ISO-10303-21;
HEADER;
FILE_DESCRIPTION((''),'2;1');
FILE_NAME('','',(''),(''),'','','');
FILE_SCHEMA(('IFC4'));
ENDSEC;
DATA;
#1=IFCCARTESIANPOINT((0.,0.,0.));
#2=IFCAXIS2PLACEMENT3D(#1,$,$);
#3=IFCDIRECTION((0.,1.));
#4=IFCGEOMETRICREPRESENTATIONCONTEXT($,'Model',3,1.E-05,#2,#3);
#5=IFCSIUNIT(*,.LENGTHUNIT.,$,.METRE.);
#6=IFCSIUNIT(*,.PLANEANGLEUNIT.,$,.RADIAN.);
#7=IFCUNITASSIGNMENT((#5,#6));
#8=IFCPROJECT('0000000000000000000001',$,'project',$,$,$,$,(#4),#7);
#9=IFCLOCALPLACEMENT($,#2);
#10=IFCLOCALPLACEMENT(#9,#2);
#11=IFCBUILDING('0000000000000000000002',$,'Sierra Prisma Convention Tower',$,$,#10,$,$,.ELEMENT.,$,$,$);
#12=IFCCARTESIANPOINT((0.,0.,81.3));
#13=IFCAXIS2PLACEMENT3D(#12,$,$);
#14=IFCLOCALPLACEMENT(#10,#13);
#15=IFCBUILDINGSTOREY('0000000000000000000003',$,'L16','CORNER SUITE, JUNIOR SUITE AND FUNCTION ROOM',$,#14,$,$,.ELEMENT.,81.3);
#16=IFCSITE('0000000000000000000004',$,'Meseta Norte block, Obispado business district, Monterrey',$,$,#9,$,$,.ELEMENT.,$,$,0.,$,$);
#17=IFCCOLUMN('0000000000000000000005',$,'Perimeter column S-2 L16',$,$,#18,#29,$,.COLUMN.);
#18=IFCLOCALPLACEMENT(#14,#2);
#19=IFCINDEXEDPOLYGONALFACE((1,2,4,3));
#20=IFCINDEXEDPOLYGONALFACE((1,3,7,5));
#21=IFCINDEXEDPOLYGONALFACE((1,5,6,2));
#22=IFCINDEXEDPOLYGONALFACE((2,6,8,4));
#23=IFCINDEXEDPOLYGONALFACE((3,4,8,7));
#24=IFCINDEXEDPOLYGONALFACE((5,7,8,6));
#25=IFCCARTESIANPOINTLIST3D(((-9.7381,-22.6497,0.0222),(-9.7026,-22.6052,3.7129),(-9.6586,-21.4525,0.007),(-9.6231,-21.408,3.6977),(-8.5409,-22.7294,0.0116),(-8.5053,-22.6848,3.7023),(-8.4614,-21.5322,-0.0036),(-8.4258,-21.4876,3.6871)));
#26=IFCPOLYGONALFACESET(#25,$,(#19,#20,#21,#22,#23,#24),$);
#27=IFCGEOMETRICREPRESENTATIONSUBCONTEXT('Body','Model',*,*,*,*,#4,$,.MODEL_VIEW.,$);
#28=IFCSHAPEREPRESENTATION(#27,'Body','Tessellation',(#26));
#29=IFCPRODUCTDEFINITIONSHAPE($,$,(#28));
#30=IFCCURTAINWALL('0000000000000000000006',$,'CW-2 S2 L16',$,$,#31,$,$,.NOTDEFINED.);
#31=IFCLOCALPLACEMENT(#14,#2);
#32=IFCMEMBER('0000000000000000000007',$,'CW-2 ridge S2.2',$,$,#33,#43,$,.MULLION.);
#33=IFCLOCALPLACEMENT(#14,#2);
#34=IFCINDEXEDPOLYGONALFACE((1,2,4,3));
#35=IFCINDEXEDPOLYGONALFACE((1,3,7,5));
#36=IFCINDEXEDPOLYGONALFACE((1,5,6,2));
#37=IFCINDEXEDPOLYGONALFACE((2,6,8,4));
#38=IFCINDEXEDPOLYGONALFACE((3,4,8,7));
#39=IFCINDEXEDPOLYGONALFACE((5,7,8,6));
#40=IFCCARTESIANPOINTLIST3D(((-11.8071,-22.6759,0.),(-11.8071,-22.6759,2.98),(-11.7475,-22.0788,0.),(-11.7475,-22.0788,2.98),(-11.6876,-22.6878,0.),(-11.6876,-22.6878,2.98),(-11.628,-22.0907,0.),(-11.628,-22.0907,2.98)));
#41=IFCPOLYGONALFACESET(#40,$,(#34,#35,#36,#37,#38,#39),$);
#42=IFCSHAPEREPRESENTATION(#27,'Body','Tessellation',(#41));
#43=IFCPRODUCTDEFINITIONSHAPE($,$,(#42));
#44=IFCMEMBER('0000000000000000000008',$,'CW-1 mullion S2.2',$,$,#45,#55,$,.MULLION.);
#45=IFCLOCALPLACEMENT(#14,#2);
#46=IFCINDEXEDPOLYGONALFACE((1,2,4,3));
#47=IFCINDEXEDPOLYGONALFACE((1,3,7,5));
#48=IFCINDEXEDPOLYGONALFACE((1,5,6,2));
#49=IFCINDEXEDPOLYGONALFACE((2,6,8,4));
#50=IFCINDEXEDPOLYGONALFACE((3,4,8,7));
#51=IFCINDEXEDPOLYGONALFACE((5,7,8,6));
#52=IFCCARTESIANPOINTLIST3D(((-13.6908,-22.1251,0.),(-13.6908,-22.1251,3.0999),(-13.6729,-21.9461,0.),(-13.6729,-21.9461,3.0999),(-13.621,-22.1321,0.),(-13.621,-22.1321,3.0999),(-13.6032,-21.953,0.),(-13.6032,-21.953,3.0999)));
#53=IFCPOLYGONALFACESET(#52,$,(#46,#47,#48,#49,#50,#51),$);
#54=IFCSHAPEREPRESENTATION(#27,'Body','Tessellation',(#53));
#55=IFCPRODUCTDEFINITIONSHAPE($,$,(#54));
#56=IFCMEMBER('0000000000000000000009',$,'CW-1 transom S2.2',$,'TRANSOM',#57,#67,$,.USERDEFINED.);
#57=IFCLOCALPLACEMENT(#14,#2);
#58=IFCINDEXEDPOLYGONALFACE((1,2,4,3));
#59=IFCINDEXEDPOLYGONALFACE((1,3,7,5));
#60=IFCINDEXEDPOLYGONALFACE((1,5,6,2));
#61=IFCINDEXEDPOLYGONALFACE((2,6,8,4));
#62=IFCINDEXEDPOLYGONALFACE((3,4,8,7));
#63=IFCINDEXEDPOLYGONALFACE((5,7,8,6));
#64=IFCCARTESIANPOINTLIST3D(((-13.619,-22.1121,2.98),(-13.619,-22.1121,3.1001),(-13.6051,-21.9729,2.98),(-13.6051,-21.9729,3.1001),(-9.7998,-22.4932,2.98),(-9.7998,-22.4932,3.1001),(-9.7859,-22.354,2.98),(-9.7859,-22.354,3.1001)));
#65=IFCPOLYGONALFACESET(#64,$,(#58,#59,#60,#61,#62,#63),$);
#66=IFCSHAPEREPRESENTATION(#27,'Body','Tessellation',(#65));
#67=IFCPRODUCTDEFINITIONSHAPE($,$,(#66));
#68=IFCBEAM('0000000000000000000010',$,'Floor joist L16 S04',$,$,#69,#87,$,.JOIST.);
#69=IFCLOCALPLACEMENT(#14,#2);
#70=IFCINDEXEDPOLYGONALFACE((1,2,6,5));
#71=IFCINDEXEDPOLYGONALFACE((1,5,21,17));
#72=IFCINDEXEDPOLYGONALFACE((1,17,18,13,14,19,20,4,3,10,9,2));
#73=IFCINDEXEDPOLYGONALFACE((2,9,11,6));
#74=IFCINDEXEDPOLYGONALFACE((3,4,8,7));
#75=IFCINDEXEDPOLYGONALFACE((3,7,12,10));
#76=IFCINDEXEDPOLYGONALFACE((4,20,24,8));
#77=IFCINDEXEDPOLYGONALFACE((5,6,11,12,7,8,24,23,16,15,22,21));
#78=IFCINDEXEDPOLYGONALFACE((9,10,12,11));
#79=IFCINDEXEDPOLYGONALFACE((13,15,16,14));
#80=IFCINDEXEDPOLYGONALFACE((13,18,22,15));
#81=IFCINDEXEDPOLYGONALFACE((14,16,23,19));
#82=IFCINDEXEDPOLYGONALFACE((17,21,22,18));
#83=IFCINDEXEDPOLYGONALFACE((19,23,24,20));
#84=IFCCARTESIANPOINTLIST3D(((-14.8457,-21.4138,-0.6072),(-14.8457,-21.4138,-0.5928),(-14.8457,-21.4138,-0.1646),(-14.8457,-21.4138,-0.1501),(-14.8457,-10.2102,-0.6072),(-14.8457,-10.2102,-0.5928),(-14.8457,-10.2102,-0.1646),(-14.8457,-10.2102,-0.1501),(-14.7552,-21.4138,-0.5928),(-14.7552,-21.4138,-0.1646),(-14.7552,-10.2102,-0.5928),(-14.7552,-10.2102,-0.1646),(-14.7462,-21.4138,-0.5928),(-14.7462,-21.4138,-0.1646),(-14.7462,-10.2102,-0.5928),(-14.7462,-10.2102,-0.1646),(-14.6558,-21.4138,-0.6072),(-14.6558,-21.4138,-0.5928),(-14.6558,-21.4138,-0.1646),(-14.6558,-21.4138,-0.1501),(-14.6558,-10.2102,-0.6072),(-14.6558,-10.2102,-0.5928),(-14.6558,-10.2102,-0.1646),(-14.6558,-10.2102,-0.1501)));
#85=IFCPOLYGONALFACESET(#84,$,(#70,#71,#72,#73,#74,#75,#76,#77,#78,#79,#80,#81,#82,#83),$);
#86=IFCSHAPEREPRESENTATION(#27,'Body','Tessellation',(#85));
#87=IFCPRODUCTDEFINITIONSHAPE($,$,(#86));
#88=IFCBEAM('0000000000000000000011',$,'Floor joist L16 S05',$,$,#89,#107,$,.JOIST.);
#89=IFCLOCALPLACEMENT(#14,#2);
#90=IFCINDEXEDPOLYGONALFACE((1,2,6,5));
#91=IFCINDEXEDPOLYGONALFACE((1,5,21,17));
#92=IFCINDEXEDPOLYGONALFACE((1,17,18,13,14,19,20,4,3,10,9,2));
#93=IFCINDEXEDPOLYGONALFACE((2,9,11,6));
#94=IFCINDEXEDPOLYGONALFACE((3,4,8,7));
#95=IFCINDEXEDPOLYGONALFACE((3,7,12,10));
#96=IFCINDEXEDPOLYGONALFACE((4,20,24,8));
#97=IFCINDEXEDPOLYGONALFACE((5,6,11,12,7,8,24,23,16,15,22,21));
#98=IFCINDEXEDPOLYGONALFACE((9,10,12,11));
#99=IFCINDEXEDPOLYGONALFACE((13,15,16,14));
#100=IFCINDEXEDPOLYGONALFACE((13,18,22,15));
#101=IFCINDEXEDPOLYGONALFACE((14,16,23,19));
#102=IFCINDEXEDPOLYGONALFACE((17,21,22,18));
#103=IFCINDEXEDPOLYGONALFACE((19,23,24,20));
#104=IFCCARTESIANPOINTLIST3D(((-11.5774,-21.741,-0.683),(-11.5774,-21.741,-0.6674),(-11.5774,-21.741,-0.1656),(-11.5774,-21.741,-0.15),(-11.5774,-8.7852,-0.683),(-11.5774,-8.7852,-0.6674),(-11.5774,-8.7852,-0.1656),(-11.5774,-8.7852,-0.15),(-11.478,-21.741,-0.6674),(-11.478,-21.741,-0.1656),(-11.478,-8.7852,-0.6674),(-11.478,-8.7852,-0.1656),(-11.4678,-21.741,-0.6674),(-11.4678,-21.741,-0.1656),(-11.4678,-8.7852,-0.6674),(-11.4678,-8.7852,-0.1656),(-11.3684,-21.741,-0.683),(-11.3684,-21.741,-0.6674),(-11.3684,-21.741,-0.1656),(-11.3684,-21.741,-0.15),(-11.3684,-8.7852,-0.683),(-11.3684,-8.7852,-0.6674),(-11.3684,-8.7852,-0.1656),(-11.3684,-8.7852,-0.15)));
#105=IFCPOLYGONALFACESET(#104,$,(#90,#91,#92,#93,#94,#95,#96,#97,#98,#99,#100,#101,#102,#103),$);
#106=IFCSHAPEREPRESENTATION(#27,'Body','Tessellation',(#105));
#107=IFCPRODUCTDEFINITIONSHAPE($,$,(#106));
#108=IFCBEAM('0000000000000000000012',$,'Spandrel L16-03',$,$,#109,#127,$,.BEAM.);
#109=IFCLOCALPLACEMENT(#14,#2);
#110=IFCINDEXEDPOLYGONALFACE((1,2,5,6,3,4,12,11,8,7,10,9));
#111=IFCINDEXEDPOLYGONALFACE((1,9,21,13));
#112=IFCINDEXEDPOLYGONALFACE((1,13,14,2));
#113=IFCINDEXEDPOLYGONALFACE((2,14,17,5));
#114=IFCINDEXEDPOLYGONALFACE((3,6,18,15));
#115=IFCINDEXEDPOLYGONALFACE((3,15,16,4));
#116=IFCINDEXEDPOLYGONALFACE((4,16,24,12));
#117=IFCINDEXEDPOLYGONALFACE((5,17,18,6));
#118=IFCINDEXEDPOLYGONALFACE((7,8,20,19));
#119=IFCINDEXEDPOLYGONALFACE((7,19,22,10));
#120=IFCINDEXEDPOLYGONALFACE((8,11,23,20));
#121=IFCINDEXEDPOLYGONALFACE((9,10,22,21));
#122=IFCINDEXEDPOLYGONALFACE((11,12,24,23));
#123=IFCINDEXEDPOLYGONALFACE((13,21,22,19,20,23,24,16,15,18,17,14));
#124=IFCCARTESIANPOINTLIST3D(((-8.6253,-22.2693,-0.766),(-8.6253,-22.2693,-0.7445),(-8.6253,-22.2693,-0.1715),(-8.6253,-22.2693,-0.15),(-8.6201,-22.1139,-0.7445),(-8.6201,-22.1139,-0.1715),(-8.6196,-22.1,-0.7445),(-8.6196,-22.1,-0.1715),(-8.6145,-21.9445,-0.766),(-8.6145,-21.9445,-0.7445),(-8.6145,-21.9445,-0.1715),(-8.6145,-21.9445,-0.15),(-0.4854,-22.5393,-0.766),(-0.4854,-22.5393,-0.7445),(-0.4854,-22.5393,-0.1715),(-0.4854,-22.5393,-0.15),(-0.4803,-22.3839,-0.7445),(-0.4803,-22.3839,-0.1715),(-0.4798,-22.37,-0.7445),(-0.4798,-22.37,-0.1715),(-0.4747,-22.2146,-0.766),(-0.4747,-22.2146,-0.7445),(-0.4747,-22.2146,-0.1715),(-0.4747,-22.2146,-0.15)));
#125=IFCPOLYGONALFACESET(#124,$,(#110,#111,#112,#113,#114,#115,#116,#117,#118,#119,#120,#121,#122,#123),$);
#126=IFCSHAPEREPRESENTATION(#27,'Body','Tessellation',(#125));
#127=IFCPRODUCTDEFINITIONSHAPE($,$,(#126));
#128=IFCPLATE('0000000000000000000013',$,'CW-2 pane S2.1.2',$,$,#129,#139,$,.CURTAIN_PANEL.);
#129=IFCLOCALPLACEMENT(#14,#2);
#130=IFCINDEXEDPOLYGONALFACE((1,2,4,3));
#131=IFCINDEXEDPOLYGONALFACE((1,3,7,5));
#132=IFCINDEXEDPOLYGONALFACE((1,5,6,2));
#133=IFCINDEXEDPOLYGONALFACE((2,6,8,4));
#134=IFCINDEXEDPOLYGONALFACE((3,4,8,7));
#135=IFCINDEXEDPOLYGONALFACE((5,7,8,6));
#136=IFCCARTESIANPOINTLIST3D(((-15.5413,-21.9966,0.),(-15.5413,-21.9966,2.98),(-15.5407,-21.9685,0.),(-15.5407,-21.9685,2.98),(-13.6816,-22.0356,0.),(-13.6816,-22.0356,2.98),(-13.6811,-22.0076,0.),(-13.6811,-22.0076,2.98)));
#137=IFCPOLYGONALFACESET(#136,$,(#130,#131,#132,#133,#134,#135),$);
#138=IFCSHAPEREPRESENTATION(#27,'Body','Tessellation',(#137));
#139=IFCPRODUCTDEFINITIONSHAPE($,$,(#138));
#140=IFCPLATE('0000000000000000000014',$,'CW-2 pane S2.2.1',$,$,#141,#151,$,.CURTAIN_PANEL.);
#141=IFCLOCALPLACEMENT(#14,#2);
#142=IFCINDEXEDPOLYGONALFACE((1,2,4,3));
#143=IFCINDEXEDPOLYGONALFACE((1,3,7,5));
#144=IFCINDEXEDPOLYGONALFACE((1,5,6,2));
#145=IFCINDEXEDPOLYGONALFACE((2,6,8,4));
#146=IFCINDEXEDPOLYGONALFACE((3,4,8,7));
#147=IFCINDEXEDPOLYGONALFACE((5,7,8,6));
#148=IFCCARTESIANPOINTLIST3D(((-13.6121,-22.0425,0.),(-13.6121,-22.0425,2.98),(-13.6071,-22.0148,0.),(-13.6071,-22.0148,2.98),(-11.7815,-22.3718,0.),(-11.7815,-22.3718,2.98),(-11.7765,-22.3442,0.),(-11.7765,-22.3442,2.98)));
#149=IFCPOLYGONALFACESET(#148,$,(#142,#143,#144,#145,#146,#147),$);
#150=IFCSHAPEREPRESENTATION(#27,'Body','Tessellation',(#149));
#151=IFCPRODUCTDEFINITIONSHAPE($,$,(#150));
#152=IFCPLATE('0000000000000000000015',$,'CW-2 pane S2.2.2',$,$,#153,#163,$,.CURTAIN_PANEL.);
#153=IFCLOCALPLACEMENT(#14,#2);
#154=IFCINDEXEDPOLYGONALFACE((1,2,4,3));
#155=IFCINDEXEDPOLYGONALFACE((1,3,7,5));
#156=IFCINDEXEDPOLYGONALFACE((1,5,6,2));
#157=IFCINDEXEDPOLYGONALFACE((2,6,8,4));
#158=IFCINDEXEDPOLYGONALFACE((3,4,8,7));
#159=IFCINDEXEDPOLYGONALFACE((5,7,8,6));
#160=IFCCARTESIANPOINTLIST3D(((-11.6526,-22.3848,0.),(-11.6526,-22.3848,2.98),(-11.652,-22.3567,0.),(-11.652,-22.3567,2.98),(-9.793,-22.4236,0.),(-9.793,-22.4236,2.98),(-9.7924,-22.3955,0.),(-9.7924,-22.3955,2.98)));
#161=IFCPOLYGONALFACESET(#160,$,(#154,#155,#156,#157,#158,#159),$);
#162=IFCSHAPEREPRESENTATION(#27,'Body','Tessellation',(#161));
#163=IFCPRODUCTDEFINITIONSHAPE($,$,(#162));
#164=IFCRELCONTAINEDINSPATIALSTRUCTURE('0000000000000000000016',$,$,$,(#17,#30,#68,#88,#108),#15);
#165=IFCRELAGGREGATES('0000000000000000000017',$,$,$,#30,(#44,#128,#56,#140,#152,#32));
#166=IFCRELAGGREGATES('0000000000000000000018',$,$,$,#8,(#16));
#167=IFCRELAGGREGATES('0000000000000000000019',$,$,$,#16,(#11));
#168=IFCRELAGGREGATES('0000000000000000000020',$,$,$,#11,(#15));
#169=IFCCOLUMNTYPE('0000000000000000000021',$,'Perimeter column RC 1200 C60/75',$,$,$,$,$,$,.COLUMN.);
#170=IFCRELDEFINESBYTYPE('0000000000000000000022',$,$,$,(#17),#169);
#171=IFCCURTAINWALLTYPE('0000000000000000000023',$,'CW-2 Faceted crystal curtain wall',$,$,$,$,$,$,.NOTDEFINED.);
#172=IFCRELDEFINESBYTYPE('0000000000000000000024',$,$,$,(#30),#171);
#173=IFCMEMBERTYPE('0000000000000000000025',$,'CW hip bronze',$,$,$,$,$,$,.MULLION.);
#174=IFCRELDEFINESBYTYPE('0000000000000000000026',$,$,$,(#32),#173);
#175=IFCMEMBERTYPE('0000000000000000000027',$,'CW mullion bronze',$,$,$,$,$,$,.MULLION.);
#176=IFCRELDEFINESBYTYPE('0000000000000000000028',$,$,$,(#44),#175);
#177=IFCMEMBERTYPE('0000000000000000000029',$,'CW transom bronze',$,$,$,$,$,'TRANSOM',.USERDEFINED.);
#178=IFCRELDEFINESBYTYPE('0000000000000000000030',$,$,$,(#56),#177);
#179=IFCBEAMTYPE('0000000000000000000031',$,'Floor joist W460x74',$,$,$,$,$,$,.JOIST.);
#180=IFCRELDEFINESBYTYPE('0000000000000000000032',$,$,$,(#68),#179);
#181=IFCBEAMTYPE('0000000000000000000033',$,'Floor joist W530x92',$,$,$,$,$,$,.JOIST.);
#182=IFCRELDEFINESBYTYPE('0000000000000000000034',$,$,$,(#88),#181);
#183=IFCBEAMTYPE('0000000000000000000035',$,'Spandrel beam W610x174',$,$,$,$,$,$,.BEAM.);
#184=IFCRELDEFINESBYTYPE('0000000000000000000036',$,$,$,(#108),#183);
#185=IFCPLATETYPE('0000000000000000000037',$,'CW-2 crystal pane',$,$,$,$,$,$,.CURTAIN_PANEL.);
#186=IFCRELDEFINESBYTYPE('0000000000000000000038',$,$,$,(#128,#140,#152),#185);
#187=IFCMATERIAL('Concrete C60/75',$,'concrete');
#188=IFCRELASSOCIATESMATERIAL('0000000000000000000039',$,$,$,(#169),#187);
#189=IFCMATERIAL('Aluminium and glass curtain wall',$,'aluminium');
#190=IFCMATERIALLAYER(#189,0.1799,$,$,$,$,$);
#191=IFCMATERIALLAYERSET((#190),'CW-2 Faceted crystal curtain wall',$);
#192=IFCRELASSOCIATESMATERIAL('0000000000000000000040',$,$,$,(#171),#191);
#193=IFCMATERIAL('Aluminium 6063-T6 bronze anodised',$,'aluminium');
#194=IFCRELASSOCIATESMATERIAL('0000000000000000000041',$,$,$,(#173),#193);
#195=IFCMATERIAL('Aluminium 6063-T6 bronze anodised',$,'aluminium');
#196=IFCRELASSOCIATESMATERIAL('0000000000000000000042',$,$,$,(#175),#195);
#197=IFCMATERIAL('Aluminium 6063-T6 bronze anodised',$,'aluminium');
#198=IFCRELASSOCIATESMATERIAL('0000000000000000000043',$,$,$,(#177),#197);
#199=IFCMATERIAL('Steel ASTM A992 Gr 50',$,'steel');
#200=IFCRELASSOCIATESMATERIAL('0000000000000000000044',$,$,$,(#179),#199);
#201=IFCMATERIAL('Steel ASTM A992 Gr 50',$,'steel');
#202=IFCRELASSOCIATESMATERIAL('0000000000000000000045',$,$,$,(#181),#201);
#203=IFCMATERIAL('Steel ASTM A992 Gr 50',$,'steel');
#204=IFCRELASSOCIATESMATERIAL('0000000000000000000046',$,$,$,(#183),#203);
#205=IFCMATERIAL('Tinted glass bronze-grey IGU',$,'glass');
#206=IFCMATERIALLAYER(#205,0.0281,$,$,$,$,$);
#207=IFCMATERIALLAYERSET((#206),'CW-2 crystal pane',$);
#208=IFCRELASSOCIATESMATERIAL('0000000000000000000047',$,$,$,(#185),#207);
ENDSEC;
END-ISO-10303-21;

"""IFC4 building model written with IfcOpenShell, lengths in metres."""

from ifc_helpers import new_model, si_unit, direction, frame, origin, origin_2d, place, context, subcontext, project, spatial, polyline, rectangle, i_section, outline, extrude, clip, halfspace, material, layer, layer_set, material_profile, profile_set, type_object, element, aggregate, save


model = new_model("IFC4")

# Units and contexts
model_context = context("Model", 3, precision=1e-05, world=origin(), true_north=direction((0.0, 1.0)))
body_context = subcontext(model_context, "Body", "Model", "MODEL_VIEW")
ifc_project = project(units=[si_unit("LENGTHUNIT", "METRE"), si_unit("PLANEANGLEUNIT", "RADIAN")], contexts=[model_context])

# Site, building, storey
site_placement = place(None, origin())
site = spatial("IfcSite", under=ifc_project, at=site_placement, Name="Meseta Norte block, Obispado business district, Monterrey", CompositionType="ELEMENT", RefElevation=0.0)
building_placement = place(site_placement, origin())
building = spatial("IfcBuilding", under=site, at=building_placement, Name="Sierra Prisma Convention Tower", CompositionType="ELEMENT")
storey_placement = place(building_placement, frame((0.0, 0.0, 81.3)))
storey = spatial("IfcBuildingStorey", under=building, at=storey_placement, Name="L16", Description="CORNER SUITE, JUNIOR SUITE AND FUNCTION ROOM", CompositionType="ELEMENT", Elevation=81.3)

# Column
ifc_material_1 = material(Name="Concrete C60/75", Category="concrete")
ifc_material_profile_1 = material_profile(ifc_material_1, rectangle(XDim=1.2, YDim=1.2, at=origin_2d()), Name="Perimeter column RC 1200 C60/75")
ifc_profile_set_1 = profile_set([ifc_material_profile_1], Name="Concrete C60/75")
column_type = type_object("IfcColumnType", Name="Perimeter column RC 1200 C60/75", PredefinedType="COLUMN", material=ifc_profile_set_1)
column_placement = place(storey_placement, frame((-9.0999, -22.0911, 0.0), z_axis=(0.009633, 0.012074, 0.999881), x_axis=(-0.997756, 0.066371, 0.008811)))
element("IfcColumn", 1, at=column_placement, inside=storey, type_object=column_type, Name="Perimeter column S-2 L16", PredefinedType="COLUMN", context=body_context, shape_type="SweptSolid", body=[
    clip(extrude(rectangle(XDim=1.2, YDim=1.2, at=origin_2d()), origin(), (0.0, 0.0, 1.0), 3.7004), halfspace(frame((0.0, 0.0, 0.0093)), True)),
])

# Curtain wall, members
ifc_material_2 = material(Name="Aluminium and glass curtain wall", Category="aluminium")
ifc_layer_1 = layer(ifc_material_2, 0.1799)
ifc_layer_set_1 = layer_set([ifc_layer_1], Name="CW-2 Faceted crystal curtain wall")
curtain_wall_type = type_object("IfcCurtainWallType", Name="CW-2 Faceted crystal curtain wall", PredefinedType="NOTDEFINED", material=ifc_layer_set_1)
curtain_wall_placement = place(storey_placement, origin())
curtain_wall = element("IfcCurtainWall", 2, at=curtain_wall_placement, inside=storey, type_object=curtain_wall_type, Name="CW-2 S2 L16", PredefinedType="NOTDEFINED")
ifc_material_3 = material(Name="Aluminium 6063-T6 bronze anodised", Category="aluminium")
ifc_material_profile_2 = material_profile(ifc_material_3, rectangle(XDim=0.1201, YDim=0.6001, at=origin_2d()), Name="ALU RIDGE BLADE 120x600")
ifc_profile_set_2 = profile_set([ifc_material_profile_2], Name="Aluminium 6063-T6 bronze anodised")
member_type_1 = type_object("IfcMemberType", Name="CW hip bronze", PredefinedType="MULLION", material=ifc_profile_set_2)
member_1_placement = place(storey_placement, frame((-11.7175, -22.3833, 0.0), z_axis=(0.0, 0.0, 1.0), x_axis=(0.995058, -0.099298, 0.0)))
member_1 = element("IfcMember", 3, at=member_1_placement, type_object=member_type_1, Name="CW-2 ridge S2.2", PredefinedType="MULLION", context=body_context, shape_type="SweptSolid", body=[
    extrude(rectangle(XDim=0.1201, YDim=0.6001, at=origin_2d()), origin(), (0.0, 0.0, 1.0), 2.98),
])
ifc_material_4 = material(Name="Aluminium 6063-T6 bronze anodised", Category="aluminium")
ifc_material_profile_3 = material_profile(ifc_material_4, rectangle(XDim=0.1799, YDim=0.0701, at=origin_2d()), Name="ALU MULLION 70x180")
ifc_profile_set_3 = profile_set([ifc_material_profile_3], Name="Aluminium 6063-T6 bronze anodised")
member_type_2 = type_object("IfcMemberType", Name="CW mullion bronze", PredefinedType="MULLION", material=ifc_profile_set_3)
member_2_placement = place(storey_placement, frame((-13.647, -22.0391, 0.0), z_axis=(0.0, 0.0, 1.0), x_axis=(0.099298, 0.995058, 0.0)))
member_2 = element("IfcMember", 4, at=member_2_placement, type_object=member_type_2, Name="CW-1 mullion S2.2", PredefinedType="MULLION", context=body_context, shape_type="SweptSolid", body=[
    extrude(rectangle(XDim=0.1799, YDim=0.0701, at=origin_2d()), origin(), (0.0, 0.0, 1.0), 3.0999),
])
ifc_material_5 = material(Name="Aluminium 6063-T6 bronze anodised", Category="aluminium")
ifc_material_profile_4 = material_profile(ifc_material_5, rectangle(XDim=0.1399, YDim=0.1201, at=origin_2d()), Name="ALU TRANSOM 120x140")
ifc_profile_set_4 = profile_set([ifc_material_profile_4], Name="Aluminium 6063-T6 bronze anodised")
member_type_3 = type_object("IfcMemberType", Name="CW transom bronze", ElementType="TRANSOM", PredefinedType="USERDEFINED", material=ifc_profile_set_4)
member_3_placement = place(storey_placement, frame((-13.6121, -22.0425, 3.04), z_axis=(0.995058, -0.099296, 0.0), x_axis=(0.099296, 0.995058, 0.0)))
member_3 = element("IfcMember", 5, at=member_3_placement, type_object=member_type_3, Name="CW-1 transom S2.2", ObjectType="TRANSOM", PredefinedType="USERDEFINED", context=body_context, shape_type="SweptSolid", body=[
    extrude(rectangle(XDim=0.1399, YDim=0.1201, at=origin_2d()), origin(), (0.0, 0.0, 1.0), 3.8381),
])

# Beams
ifc_material_6 = material(Name="Steel ASTM A992 Gr 50", Category="steel")
ifc_material_profile_5 = material_profile(ifc_material_6, i_section(OverallWidth=0.1899, OverallDepth=0.457, WebThickness=0.009, FlangeThickness=0.0144, at=origin_2d()), Name="W460x74")
ifc_profile_set_5 = profile_set([ifc_material_profile_5], Name="Steel ASTM A992 Gr 50")
beam_type_1 = type_object("IfcBeamType", Name="Floor joist W460x74", PredefinedType="JOIST", material=ifc_profile_set_5)
beam_1_placement = place(storey_placement, frame((-14.7507, -21.4138, -0.3787), z_axis=(0.0, 1.0, 0.0), x_axis=(-1.0, 0.0, 0.0)))
element("IfcBeam", 6, at=beam_1_placement, inside=storey, type_object=beam_type_1, Name="Floor joist L16 S04", PredefinedType="JOIST", context=body_context, shape_type="SweptSolid", body=[
    extrude(i_section(OverallWidth=0.1899, OverallDepth=0.457, WebThickness=0.009, FlangeThickness=0.0144, at=origin_2d()), origin(), (0.0, 0.0, 1.0), 11.2036),
])
ifc_material_7 = material(Name="Steel ASTM A992 Gr 50", Category="steel")
ifc_material_profile_6 = material_profile(ifc_material_7, i_section(OverallWidth=0.209, OverallDepth=0.533, WebThickness=0.0103, FlangeThickness=0.0156, at=origin_2d()), Name="W530x92")
ifc_profile_set_6 = profile_set([ifc_material_profile_6], Name="Steel ASTM A992 Gr 50")
beam_type_2 = type_object("IfcBeamType", Name="Floor joist W530x92", PredefinedType="JOIST", material=ifc_profile_set_6)
beam_2_placement = place(storey_placement, frame((-11.4729, -21.741, -0.4165), z_axis=(0.0, 1.0, 0.0), x_axis=(-1.0, 0.0, 0.0)))
element("IfcBeam", 7, at=beam_2_placement, inside=storey, type_object=beam_type_2, Name="Floor joist L16 S05", PredefinedType="JOIST", context=body_context, shape_type="SweptSolid", body=[
    extrude(i_section(OverallWidth=0.209, OverallDepth=0.533, WebThickness=0.0103, FlangeThickness=0.0156, at=origin_2d()), origin(), (0.0, 0.0, 1.0), 12.9558),
])
ifc_material_8 = material(Name="Steel ASTM A992 Gr 50", Category="steel")
ifc_material_profile_7 = material_profile(ifc_material_8, i_section(OverallWidth=0.325, OverallDepth=0.616, WebThickness=0.0139, FlangeThickness=0.0215, at=origin_2d()), Name="W610x174")
ifc_profile_set_7 = profile_set([ifc_material_profile_7], Name="Steel ASTM A992 Gr 50")
beam_type_3 = type_object("IfcBeamType", Name="Spandrel beam W610x174", PredefinedType="BEAM", material=ifc_profile_set_7)
beam_3_placement = place(storey_placement, frame((-8.6199, -22.1069, -0.458), z_axis=(0.99945, -0.033154, 0.0), x_axis=(0.033154, 0.99945, 0.0)))
element("IfcBeam", 8, at=beam_3_placement, inside=storey, type_object=beam_type_3, Name="Spandrel L16-03", PredefinedType="BEAM", context=body_context, shape_type="SweptSolid", body=[
    extrude(i_section(OverallWidth=0.325, OverallDepth=0.616, WebThickness=0.0139, FlangeThickness=0.0215, at=origin_2d()), origin(), (0.0, 0.0, 1.0), 8.1443),
])

# Plates
ifc_material_9 = material(Name="Tinted glass bronze-grey IGU", Category="glass")
ifc_layer_2 = layer(ifc_material_9, 0.0281)
ifc_layer_set_2 = layer_set([ifc_layer_2], Name="CW-2 crystal pane")
plate_type = type_object("IfcPlateType", Name="CW-2 crystal pane", PredefinedType="CURTAIN_PANEL", material=ifc_layer_set_2)
plate_1_placement = place(storey_placement, frame((-13.6816, -22.0356, 0.0), z_axis=(-0.021001, -0.999779, 0.0), x_axis=(-0.999779, 0.021001, 0.0)))
plate_1 = element("IfcPlate", 9, at=plate_1_placement, type_object=plate_type, Name="CW-2 pane S2.1.2", PredefinedType="CURTAIN_PANEL", context=body_context, shape_type="SweptSolid", body=[
    extrude(outline(polyline([(0.0, 0.0), (1.86, 0.0), (1.86, -2.98), (0.0, -2.98), (0.0, 0.0)])), origin(), (0.0, 0.0, -1.0), 0.0281),
])
plate_2_placement = place(storey_placement, frame((-13.6121, -22.0425, 0.0), z_axis=(-0.177072, -0.984198, 0.0), x_axis=(0.984198, -0.177072, 0.0)))
plate_2 = element("IfcPlate", 10, at=plate_2_placement, type_object=plate_type, Name="CW-2 pane S2.2.1", PredefinedType="CURTAIN_PANEL", context=body_context, shape_type="SweptSolid", body=[
    extrude(outline(polyline([(0.0, 0.0), (1.86, 0.0), (1.86, 2.98), (0.0, 2.98), (0.0, 0.0)])), origin(), (0.0, 0.0, -1.0), 0.0281),
])
plate_3_placement = place(storey_placement, frame((-9.793, -22.4236, 0.0), z_axis=(-0.02087, -0.999782, 0.0), x_axis=(-0.999782, 0.02087, 0.0)))
plate_3 = element("IfcPlate", 11, at=plate_3_placement, type_object=plate_type, Name="CW-2 pane S2.2.2", PredefinedType="CURTAIN_PANEL", context=body_context, shape_type="SweptSolid", body=[
    extrude(outline(polyline([(0.0, 0.0), (1.86, 0.0), (1.86, -2.98), (0.0, -2.98), (0.0, 0.0)])), origin(), (0.0, 0.0, -1.0), 0.0281),
])
aggregate(curtain_wall, [member_2, plate_1, member_3, plate_2, plate_3, member_1])

save(model, "model.ifc")
